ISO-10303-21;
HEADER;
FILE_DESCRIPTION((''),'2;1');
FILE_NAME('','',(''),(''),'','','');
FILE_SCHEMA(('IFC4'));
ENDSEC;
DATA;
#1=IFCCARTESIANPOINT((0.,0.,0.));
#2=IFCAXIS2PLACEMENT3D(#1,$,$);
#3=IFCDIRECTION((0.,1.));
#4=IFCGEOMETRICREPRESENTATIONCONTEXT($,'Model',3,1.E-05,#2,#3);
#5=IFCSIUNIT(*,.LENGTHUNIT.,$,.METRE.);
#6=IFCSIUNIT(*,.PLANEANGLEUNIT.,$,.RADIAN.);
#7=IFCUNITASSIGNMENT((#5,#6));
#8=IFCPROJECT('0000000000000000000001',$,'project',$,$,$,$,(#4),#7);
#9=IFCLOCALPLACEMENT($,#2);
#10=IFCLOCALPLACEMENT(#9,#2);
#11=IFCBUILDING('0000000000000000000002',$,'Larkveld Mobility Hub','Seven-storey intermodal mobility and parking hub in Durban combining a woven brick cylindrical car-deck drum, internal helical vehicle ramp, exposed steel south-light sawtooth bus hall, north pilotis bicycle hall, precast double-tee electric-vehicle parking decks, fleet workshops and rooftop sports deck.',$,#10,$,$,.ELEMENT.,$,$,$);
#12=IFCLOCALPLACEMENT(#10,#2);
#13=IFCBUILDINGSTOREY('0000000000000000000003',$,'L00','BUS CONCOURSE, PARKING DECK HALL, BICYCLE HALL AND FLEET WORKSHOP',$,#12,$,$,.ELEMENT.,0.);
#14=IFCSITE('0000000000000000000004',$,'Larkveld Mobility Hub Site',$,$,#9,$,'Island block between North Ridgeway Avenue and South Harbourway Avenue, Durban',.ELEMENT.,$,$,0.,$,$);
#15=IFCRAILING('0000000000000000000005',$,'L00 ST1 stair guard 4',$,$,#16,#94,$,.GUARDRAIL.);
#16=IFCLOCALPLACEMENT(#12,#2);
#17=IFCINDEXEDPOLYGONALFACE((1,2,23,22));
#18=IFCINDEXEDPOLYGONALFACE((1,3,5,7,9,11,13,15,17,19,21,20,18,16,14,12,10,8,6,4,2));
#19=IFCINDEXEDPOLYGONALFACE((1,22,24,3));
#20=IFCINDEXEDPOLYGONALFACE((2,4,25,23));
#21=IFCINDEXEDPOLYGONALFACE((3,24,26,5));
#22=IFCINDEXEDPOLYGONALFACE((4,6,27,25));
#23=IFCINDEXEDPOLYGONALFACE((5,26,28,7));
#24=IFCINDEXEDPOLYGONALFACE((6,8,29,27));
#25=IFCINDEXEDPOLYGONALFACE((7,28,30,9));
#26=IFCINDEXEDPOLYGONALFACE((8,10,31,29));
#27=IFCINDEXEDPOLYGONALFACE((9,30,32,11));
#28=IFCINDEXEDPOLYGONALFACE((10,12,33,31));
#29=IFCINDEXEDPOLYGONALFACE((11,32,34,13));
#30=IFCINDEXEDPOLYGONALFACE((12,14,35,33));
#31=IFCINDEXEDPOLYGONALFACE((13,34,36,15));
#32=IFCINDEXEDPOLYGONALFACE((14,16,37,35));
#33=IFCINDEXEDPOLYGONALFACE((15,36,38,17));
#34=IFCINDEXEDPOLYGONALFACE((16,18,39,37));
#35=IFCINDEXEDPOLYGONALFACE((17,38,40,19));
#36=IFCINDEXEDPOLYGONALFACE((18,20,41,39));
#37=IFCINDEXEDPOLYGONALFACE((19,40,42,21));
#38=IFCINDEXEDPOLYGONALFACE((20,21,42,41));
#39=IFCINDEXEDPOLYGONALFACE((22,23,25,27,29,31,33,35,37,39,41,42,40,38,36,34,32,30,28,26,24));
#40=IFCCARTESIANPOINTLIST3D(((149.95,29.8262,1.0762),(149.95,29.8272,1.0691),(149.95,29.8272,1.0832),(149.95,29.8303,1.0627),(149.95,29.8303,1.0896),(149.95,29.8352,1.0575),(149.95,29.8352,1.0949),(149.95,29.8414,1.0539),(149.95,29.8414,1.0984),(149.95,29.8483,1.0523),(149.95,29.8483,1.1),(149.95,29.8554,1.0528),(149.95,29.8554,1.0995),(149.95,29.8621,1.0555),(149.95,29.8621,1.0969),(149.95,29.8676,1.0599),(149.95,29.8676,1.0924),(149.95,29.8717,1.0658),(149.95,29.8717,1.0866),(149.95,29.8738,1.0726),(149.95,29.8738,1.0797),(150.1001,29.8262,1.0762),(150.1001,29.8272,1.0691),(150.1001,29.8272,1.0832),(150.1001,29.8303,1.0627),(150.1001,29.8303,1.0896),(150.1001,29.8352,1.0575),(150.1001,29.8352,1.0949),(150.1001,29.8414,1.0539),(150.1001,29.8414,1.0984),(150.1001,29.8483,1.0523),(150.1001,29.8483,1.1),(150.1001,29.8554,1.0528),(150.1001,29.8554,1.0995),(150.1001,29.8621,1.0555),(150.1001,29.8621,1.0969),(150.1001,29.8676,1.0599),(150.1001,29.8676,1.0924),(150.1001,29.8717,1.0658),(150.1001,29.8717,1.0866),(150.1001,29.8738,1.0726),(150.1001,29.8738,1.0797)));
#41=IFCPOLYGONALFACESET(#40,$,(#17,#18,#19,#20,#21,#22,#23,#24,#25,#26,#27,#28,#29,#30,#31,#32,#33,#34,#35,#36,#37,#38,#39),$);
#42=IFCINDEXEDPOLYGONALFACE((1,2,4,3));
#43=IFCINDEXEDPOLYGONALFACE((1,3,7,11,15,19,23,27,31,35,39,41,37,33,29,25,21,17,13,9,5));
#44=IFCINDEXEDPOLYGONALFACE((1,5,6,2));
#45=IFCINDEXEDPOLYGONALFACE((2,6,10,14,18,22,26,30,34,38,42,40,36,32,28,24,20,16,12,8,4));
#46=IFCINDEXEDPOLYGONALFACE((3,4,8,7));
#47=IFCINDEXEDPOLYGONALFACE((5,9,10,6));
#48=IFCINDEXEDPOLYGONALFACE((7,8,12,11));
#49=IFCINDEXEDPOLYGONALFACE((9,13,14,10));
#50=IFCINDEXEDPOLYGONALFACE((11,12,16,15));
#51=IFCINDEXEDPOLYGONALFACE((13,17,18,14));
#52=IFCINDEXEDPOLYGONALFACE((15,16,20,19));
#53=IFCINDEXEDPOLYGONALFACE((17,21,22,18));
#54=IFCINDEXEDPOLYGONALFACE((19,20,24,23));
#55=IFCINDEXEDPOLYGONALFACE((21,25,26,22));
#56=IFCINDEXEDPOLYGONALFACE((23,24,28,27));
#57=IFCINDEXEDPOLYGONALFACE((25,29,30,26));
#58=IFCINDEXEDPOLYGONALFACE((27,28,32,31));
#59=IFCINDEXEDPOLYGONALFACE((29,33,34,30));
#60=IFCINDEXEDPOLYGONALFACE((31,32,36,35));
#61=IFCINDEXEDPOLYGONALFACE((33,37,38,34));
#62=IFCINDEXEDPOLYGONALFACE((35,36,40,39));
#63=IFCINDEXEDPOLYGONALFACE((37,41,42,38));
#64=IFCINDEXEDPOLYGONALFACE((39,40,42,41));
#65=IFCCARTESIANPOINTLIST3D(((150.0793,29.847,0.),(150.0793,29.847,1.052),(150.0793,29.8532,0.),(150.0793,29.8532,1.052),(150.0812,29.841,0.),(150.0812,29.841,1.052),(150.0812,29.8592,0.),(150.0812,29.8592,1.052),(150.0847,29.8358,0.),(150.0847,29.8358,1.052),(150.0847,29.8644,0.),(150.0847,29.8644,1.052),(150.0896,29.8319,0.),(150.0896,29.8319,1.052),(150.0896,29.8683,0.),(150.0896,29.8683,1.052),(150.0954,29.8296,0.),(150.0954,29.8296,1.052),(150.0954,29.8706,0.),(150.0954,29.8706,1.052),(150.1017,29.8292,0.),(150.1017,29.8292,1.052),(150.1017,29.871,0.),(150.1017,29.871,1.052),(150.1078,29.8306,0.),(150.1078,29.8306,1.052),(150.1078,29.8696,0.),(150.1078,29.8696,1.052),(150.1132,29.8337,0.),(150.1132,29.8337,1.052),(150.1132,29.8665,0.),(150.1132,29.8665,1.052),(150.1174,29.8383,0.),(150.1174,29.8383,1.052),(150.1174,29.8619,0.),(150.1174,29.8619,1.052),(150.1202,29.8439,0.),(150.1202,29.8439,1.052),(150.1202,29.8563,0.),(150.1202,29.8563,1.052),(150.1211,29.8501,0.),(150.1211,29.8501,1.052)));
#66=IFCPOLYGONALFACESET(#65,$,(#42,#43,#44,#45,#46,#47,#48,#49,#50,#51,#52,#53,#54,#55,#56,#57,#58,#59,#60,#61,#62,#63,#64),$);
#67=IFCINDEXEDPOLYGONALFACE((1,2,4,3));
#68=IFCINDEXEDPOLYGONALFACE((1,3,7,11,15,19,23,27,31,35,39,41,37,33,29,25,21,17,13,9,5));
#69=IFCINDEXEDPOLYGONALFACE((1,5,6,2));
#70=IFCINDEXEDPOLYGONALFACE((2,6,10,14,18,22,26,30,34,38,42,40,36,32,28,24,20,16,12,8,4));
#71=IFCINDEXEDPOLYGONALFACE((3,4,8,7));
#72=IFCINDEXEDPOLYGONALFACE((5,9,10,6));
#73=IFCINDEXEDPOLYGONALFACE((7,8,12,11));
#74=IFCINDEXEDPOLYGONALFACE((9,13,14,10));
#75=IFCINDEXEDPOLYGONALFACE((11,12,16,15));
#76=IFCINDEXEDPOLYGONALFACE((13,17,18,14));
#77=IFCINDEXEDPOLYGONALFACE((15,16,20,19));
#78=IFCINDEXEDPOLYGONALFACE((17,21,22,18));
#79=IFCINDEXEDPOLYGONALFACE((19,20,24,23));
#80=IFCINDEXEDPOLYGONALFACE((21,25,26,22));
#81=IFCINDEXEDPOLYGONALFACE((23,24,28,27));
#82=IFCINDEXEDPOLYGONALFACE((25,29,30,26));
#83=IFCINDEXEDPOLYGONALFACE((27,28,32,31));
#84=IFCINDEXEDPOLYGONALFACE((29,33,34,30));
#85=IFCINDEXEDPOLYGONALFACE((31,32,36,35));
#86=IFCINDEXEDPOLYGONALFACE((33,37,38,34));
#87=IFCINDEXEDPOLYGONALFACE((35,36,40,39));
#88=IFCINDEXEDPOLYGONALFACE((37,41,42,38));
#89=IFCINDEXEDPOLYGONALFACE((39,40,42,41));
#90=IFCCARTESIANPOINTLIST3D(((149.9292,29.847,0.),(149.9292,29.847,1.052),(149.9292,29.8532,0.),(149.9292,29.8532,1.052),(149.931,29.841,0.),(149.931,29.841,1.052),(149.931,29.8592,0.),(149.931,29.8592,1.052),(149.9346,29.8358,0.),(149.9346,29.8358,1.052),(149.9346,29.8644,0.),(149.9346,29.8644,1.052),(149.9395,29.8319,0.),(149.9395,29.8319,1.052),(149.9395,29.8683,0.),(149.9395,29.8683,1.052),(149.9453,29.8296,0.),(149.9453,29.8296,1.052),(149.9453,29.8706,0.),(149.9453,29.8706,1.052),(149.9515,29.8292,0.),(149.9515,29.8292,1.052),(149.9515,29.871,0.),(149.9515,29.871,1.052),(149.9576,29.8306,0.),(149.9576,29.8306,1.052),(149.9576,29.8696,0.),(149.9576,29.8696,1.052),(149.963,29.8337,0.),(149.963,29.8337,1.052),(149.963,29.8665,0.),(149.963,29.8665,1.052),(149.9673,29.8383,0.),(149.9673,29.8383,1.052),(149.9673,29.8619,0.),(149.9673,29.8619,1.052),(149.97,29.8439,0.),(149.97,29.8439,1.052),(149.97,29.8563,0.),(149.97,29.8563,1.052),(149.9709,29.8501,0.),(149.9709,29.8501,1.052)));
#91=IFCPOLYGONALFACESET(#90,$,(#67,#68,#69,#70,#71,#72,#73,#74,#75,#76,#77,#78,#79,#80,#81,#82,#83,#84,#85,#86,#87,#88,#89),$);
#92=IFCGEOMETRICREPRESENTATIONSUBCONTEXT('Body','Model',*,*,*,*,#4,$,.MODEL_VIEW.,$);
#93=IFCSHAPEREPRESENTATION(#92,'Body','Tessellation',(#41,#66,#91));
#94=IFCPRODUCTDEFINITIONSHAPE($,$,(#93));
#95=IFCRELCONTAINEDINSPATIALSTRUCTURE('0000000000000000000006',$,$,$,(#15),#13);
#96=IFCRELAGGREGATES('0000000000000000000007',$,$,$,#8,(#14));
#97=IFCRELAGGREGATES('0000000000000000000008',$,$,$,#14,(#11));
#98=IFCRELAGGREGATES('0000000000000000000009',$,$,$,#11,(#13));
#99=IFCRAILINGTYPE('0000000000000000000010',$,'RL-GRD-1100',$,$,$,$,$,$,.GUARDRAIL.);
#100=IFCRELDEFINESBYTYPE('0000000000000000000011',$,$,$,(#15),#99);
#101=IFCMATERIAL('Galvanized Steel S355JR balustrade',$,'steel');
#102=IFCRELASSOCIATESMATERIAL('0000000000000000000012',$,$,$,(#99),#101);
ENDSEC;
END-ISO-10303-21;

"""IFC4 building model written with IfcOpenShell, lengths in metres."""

from ifc_helpers import new_model, si_unit, direction, frame, origin, origin_2d, place, context, subcontext, project, spatial, circle, extrude, material, type_object, element, save


model = new_model("IFC4")

# Units and contexts
model_context = context("Model", 3, precision=1e-05, world=origin(), true_north=direction((0.0, 1.0)))
body_context = subcontext(model_context, "Body", "Model", "MODEL_VIEW")
ifc_project = project(units=[si_unit("LENGTHUNIT", "METRE"), si_unit("PLANEANGLEUNIT", "RADIAN")], contexts=[model_context])

# Site, building, storey
site_placement = place(None, origin())
site = spatial("IfcSite", under=ifc_project, at=site_placement, Name="Larkveld Mobility Hub Site", LongName="Island block between North Ridgeway Avenue and South Harbourway Avenue, Durban", CompositionType="ELEMENT", RefElevation=0.0)
building_placement = place(site_placement, origin())
building = spatial("IfcBuilding", under=site, at=building_placement, Name="Larkveld Mobility Hub", Description="Seven-storey intermodal mobility and parking hub in Durban combining a woven brick cylindrical car-deck drum, internal helical vehicle ramp, exposed steel south-light sawtooth bus hall, north pilotis bicycle hall, precast double-tee electric-vehicle parking decks, fleet workshops and rooftop sports deck.", CompositionType="ELEMENT")
storey_placement = place(building_placement, origin())
storey = spatial("IfcBuildingStorey", under=building, at=storey_placement, Name="L00", Description="BUS CONCOURSE, PARKING DECK HALL, BICYCLE HALL AND FLEET WORKSHOP", CompositionType="ELEMENT", Elevation=0.0)

# Railing
ifc_material_1 = material(Name="Galvanized Steel S355JR balustrade", Category="steel")
railing_type_1 = type_object("IfcRailingType", Name="RL-GRD-1100", PredefinedType="GUARDRAIL", material=ifc_material_1)
railing_1_placement = place(storey_placement, frame((150.1001, 29.8501, 0.0)))
element("IfcRailing", 1, at=railing_1_placement, inside=storey, type_object=railing_type_1, Name="L00 ST1 stair guard 4", PredefinedType="GUARDRAIL", context=body_context, shape_type="SweptSolid", body=[
    extrude(circle(Radius=0.0239, at=origin_2d()), frame((0.0, 0.0, 1.0762), z_axis=(-1.0, 0.0, 0.0), x_axis=(0.0, -1.0, 0.0)), (0.0, 0.0, 1.0), 0.1501),
    extrude(circle(Radius=0.021, at=origin_2d()), origin(), (0.0, 0.0, 1.0), 1.052),
    extrude(circle(Radius=0.021, at=origin_2d()), frame((-0.1501, 0.0, 0.0)), (0.0, 0.0, 1.0), 1.052),
])

save(model, "model.ifc")
